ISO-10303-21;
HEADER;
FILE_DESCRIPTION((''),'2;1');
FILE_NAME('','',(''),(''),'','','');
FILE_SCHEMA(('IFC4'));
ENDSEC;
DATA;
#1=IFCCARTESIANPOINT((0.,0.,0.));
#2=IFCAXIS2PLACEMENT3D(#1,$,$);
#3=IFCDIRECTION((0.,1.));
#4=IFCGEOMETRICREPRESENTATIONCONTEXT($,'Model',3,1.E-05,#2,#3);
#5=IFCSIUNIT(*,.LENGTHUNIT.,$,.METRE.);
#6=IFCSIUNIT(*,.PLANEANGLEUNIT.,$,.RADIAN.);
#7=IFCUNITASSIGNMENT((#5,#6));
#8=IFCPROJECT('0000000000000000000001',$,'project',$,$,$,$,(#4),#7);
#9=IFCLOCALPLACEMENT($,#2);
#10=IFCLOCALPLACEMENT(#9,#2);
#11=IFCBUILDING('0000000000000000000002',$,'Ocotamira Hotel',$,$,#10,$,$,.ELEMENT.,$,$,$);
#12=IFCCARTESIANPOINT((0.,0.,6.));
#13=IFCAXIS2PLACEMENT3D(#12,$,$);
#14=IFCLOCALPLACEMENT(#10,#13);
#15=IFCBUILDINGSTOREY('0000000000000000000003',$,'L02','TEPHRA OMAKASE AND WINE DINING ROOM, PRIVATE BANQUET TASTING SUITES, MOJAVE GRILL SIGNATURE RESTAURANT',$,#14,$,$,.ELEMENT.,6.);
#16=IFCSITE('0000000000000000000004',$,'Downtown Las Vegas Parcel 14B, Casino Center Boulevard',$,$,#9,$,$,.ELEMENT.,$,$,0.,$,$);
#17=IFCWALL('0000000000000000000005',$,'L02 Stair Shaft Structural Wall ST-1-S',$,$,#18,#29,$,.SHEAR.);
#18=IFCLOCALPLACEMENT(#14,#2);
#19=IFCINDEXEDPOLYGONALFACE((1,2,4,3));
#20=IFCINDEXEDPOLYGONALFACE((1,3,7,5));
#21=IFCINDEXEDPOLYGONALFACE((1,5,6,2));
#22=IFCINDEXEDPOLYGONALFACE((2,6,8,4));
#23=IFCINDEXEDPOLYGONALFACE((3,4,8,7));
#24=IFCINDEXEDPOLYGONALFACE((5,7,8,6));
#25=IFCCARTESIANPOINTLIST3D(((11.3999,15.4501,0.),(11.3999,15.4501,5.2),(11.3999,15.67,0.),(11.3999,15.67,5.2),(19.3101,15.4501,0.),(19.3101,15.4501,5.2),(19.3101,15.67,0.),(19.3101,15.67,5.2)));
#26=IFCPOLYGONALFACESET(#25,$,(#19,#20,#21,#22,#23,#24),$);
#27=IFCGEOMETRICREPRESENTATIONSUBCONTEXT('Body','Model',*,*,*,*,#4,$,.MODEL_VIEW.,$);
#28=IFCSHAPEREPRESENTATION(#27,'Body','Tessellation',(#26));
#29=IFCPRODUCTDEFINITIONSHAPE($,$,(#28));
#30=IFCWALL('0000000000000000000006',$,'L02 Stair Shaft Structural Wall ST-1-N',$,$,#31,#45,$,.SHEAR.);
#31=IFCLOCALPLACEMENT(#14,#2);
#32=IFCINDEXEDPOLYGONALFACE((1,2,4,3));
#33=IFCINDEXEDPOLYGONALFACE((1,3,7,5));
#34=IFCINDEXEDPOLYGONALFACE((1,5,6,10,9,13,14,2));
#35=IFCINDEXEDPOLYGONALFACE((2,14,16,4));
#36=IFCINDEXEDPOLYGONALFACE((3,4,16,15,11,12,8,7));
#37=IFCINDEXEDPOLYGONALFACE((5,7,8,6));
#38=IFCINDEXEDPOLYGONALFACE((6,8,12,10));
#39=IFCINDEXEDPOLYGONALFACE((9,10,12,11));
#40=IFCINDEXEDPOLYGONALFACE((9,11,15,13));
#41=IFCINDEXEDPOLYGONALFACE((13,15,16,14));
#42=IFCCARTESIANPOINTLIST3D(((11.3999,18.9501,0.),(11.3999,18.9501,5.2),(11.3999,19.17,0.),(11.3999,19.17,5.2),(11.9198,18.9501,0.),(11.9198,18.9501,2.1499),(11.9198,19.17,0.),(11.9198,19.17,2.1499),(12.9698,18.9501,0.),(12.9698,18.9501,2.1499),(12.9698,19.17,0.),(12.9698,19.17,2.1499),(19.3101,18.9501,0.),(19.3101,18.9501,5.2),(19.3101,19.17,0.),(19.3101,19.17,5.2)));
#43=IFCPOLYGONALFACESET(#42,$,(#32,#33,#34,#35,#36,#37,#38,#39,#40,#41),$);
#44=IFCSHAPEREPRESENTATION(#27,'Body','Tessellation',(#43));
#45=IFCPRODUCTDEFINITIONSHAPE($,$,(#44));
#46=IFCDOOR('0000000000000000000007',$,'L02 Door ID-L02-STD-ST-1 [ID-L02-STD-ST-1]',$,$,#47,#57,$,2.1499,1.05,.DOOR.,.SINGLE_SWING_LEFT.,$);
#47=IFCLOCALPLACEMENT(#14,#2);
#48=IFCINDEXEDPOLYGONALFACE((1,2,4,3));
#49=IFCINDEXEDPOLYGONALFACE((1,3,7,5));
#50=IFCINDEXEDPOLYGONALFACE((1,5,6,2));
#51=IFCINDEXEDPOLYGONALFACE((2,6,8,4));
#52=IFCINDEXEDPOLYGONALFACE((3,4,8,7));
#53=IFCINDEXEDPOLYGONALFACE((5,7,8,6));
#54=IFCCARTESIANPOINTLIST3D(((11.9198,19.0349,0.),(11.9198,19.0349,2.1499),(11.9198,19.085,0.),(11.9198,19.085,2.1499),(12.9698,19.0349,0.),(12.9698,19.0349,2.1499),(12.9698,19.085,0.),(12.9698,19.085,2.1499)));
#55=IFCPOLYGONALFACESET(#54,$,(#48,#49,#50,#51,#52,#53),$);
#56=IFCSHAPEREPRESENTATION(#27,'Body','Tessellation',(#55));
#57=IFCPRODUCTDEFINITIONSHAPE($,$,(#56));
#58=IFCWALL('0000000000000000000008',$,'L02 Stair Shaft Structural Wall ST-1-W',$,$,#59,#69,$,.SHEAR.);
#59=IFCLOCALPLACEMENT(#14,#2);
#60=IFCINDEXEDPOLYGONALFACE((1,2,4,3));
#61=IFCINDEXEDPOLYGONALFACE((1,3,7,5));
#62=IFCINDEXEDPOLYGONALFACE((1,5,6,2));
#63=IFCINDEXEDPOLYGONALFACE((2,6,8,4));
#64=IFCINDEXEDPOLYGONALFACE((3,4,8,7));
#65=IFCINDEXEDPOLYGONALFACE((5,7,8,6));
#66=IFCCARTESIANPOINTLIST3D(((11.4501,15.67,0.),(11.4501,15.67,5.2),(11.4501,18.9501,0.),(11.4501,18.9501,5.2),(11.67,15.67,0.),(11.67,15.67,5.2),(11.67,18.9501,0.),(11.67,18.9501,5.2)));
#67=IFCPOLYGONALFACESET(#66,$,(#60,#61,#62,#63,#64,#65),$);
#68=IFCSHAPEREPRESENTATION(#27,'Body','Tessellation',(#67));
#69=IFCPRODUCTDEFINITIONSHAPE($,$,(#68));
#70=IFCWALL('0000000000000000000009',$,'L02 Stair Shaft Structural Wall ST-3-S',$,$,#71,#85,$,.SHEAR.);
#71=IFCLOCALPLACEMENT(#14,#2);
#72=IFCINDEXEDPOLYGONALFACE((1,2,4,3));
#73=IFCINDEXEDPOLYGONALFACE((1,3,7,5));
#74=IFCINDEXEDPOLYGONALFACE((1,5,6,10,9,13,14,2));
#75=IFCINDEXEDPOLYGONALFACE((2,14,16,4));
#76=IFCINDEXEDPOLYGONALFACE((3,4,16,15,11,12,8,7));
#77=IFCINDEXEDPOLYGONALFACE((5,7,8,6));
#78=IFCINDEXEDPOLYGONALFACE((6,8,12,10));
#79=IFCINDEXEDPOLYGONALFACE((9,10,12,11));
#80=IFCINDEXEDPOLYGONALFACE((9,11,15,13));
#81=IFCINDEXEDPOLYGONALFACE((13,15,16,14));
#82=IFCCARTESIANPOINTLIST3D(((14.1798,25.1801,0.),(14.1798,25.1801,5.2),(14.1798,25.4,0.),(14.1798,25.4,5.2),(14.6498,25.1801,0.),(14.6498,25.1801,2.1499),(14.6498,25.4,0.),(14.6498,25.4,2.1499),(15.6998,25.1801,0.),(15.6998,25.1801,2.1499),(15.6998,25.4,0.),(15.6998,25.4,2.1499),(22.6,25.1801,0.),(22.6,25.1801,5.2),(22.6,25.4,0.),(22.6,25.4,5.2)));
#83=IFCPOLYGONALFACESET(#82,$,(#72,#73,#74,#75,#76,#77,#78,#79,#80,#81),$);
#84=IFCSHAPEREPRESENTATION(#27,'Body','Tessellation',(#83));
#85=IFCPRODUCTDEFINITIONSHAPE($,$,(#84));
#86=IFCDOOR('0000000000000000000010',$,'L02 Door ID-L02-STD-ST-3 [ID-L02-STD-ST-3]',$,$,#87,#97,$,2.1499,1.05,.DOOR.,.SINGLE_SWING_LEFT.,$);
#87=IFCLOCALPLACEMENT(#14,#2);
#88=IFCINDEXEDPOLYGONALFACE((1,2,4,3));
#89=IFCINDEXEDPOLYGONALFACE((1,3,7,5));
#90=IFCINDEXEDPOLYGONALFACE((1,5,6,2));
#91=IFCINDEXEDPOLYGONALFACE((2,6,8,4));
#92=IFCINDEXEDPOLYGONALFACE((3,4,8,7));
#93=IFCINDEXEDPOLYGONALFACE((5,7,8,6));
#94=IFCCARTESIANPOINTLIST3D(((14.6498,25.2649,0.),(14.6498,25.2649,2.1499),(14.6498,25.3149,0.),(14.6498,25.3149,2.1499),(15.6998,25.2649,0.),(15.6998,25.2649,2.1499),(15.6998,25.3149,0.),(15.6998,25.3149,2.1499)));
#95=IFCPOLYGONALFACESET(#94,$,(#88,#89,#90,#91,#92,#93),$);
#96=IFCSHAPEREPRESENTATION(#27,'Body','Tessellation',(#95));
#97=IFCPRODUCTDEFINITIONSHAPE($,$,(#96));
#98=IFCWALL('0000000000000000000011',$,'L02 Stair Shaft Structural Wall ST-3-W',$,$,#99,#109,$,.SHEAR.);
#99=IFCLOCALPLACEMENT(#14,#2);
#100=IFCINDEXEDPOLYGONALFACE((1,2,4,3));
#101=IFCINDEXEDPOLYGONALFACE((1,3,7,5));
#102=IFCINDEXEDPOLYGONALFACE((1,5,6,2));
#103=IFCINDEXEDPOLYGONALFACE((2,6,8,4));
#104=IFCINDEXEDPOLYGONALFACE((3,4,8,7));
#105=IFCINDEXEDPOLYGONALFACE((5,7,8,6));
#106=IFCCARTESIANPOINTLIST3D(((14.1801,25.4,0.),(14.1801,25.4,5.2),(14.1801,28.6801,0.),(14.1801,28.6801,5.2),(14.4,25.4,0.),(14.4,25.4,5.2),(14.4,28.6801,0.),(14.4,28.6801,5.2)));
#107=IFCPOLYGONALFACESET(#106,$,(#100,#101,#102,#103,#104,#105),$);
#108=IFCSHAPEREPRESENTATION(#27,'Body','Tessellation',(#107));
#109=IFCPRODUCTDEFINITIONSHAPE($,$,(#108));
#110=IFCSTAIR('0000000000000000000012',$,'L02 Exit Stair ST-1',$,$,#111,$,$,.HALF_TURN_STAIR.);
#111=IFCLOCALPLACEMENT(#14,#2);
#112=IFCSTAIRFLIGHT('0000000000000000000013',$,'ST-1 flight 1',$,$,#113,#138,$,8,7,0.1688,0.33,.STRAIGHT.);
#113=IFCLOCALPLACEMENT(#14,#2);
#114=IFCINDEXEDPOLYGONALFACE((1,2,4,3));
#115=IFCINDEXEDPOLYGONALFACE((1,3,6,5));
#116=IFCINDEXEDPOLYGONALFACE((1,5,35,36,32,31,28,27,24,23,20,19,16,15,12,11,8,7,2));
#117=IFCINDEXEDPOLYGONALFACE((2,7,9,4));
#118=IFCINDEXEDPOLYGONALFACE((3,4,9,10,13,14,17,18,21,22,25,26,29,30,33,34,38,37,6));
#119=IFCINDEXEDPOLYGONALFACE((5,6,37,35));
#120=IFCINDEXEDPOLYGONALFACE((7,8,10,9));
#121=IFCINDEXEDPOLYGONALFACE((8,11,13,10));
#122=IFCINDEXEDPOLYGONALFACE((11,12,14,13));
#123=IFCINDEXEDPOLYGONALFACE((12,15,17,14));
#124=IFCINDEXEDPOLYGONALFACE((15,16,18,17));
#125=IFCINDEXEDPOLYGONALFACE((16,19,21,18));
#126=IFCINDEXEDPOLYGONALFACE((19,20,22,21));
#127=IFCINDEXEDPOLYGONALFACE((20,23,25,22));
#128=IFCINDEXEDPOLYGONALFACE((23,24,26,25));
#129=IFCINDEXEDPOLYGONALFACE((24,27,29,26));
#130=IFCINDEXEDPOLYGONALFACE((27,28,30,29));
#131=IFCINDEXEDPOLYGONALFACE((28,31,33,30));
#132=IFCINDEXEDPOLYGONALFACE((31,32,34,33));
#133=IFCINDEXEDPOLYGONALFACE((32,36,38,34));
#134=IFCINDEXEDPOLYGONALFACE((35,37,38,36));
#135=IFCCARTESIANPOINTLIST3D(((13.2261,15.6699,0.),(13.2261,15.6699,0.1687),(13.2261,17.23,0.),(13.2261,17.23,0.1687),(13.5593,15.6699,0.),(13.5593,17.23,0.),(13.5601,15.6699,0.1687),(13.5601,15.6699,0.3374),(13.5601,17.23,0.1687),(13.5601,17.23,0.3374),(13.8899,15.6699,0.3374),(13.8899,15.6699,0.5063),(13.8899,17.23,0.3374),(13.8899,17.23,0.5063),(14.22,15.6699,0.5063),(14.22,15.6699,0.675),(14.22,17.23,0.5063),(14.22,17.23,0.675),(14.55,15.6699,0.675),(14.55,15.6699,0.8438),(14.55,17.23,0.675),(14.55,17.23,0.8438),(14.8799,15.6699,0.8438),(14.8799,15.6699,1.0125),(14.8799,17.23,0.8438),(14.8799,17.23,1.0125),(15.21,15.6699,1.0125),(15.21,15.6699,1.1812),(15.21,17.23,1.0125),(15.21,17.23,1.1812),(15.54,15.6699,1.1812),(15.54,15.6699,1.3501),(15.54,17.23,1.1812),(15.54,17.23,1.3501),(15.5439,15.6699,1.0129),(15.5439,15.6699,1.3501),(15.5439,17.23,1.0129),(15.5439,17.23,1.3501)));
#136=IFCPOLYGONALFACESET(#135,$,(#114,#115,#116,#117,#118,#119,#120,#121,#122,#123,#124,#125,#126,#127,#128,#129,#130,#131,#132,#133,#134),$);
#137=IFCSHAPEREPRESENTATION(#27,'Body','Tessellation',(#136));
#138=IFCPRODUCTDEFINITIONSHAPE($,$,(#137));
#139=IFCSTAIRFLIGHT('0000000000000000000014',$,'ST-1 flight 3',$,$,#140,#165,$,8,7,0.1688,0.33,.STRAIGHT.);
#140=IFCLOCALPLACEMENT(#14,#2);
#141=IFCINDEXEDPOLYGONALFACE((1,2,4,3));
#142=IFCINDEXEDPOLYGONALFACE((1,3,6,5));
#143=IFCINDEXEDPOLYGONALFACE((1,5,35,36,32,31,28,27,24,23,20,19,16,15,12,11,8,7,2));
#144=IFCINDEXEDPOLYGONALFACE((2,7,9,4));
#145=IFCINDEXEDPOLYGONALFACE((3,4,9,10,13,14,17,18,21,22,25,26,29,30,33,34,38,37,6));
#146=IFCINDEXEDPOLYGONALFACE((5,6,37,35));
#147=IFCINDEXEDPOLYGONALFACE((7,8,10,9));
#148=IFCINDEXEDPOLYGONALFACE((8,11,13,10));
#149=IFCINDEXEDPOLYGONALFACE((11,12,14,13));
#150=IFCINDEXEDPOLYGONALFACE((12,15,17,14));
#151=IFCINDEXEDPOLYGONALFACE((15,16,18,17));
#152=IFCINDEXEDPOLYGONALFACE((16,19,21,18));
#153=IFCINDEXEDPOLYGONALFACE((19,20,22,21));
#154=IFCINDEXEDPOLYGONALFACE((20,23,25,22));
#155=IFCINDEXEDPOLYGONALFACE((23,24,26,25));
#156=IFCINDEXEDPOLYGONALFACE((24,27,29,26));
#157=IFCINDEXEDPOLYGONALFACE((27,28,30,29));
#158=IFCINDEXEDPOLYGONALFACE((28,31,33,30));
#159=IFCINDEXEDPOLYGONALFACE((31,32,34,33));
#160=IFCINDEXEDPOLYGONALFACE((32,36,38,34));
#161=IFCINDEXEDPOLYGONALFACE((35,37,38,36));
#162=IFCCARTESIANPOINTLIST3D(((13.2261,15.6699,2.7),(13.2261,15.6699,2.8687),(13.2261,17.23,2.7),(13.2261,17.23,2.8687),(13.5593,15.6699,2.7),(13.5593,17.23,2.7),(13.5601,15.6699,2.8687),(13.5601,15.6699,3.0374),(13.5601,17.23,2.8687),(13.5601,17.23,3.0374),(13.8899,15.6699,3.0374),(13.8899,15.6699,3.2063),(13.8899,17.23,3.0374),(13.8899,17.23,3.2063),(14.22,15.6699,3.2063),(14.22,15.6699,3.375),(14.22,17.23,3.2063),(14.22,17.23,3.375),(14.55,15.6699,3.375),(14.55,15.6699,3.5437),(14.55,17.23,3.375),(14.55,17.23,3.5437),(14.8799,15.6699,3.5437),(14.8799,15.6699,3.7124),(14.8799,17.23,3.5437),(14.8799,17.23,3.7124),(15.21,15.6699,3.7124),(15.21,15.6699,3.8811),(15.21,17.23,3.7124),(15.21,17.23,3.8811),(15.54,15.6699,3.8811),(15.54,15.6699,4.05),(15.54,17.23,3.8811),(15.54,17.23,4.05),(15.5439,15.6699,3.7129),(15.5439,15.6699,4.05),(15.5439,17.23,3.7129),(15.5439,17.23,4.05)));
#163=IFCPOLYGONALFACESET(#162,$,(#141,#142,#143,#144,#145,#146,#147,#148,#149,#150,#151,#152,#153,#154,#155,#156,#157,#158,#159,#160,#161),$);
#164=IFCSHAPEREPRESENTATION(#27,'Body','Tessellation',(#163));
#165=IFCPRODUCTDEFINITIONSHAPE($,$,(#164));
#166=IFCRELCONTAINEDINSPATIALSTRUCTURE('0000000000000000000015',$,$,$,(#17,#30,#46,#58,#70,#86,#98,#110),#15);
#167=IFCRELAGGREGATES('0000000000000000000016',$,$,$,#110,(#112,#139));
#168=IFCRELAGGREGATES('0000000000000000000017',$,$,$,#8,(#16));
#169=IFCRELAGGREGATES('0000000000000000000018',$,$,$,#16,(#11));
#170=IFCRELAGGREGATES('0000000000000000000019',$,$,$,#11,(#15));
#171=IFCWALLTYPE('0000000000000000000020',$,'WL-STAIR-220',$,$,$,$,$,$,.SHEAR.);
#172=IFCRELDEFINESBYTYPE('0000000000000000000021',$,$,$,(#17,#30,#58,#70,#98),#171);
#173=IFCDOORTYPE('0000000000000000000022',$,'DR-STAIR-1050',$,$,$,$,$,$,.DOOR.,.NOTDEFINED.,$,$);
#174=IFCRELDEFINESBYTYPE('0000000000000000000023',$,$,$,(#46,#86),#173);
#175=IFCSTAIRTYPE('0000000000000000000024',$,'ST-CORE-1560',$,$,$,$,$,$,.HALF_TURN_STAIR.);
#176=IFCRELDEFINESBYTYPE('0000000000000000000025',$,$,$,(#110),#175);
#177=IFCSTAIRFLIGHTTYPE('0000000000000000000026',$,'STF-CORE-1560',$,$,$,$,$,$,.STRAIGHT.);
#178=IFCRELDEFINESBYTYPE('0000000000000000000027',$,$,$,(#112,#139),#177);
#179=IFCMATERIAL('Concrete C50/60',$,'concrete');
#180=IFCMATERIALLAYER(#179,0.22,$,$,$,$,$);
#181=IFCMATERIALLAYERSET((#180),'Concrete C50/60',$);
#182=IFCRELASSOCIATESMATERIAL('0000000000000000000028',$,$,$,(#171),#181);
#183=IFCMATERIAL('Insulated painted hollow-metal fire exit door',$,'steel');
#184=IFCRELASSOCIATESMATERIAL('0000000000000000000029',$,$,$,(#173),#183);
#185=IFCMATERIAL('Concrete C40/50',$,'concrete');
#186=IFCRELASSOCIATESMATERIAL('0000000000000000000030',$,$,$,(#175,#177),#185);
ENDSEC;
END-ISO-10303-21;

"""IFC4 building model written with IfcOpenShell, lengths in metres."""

from ifc_helpers import new_model, si_unit, direction, frame, frame_2d, origin, place, context, subcontext, project, spatial, polyline, rectangle, outline, extrude, source, transform, mapped, material, layer, layer_set, type_object, element, fill, aggregate, save


model = new_model("IFC4")

# Units and contexts
model_context = context("Model", 3, precision=1e-05, world=origin(), true_north=direction((0.0, 1.0)))
body_context = subcontext(model_context, "Body", "Model", "MODEL_VIEW")
ifc_project = project(units=[si_unit("LENGTHUNIT", "METRE"), si_unit("PLANEANGLEUNIT", "RADIAN")], contexts=[model_context])

# Site, building, storey
site_placement = place(None, origin())
site = spatial("IfcSite", under=ifc_project, at=site_placement, Name="Downtown Las Vegas Parcel 14B, Casino Center Boulevard", CompositionType="ELEMENT", RefElevation=0.0)
building_placement = place(site_placement, origin())
building = spatial("IfcBuilding", under=site, at=building_placement, Name="Ocotamira Hotel", CompositionType="ELEMENT")
storey_placement = place(building_placement, frame((0.0, 0.0, 6.0)))
storey = spatial("IfcBuildingStorey", under=building, at=storey_placement, Name="L02", Description="TEPHRA OMAKASE AND WINE DINING ROOM, PRIVATE BANQUET TASTING SUITES, MOJAVE GRILL SIGNATURE RESTAURANT", CompositionType="ELEMENT", Elevation=6.0)

# Wall
ifc_material_1 = material(Name="Concrete C50/60", Category="concrete")
ifc_layer_1 = layer(ifc_material_1, 0.22)
ifc_layer_set_1 = layer_set([ifc_layer_1], Name="Concrete C50/60")
wall_type_1 = type_object("IfcWallType", Name="WL-STAIR-220", PredefinedType="SHEAR", material=ifc_layer_set_1)
wall_1_placement = place(storey_placement, frame((11.3999, 15.5601, 0.0), z_axis=(0.0, 0.0, 1.0), x_axis=(1.0, 0.0, 0.0)))
element("IfcWall", 1, at=wall_1_placement, inside=storey, type_object=wall_type_1, Name="L02 Stair Shaft Structural Wall ST-1-S", PredefinedType="SHEAR", context=body_context, shape_type="SweptSolid", body=[
    extrude(rectangle(XDim=7.9102, YDim=0.22, at=frame_2d((3.9551, 0.0))), origin(), (0.0, 0.0, 1.0), 5.2),
])

# Wall, opening, door
wall_2_placement = place(storey_placement, frame((11.3999, 19.0601, 0.0), z_axis=(0.0, 0.0, 1.0), x_axis=(1.0, 0.0, 0.0)))
wall_2 = element("IfcWall", 2, at=wall_2_placement, inside=storey, type_object=wall_type_1, Name="L02 Stair Shaft Structural Wall ST-1-N", PredefinedType="SHEAR", context=body_context, shape_type="SweptSolid", body=[
    extrude(rectangle(XDim=7.9102, YDim=0.22, at=frame_2d((3.9551, 0.0))), origin(), (0.0, 0.0, 1.0), 5.2),
])
opening_1_placement = place(wall_2_placement, frame((0.52, 0.0, 0.0)))
opening_1 = element("IfcOpeningElement", 3, at=opening_1_placement, cuts=wall_2, PredefinedType="OPENING", context=body_context, shape_type="SweptSolid", body=[
    extrude(rectangle(XDim=1.05, YDim=2.1499, at=frame_2d((0.5249, 1.075))), frame((0.0, 0.1201, 0.0), z_axis=(0.0, -1.0, 0.0), x_axis=(1.0, 0.0, 0.0)), (0.0, 0.0, 1.0), 0.24),
])
ifc_material_2 = material(Name="Insulated painted hollow-metal fire exit door", Category="steel")
door_type_1 = type_object("IfcDoorType", Name="DR-STAIR-1050", OperationType="NOTDEFINED", PredefinedType="DOOR", material=ifc_material_2)
shared_shape_1 = source(origin(), body_context, "Body", "SweptSolid", [
    extrude(rectangle(XDim=1.05, YDim=2.1499, at=frame_2d((0.5249, 1.075))), frame((0.0, 0.0249, 0.0), z_axis=(0.0, -1.0, 0.0), x_axis=(1.0, 0.0, 0.0)), (0.0, 0.0, 1.0), 0.05),
])
door_1_placement = place(opening_1_placement, origin())
door_1 = element("IfcDoor", 4, at=door_1_placement, inside=storey, type_object=door_type_1, Name="L02 Door ID-L02-STD-ST-1 [ID-L02-STD-ST-1]", OperationType="SINGLE_SWING_LEFT", OverallHeight=2.1499, OverallWidth=1.05, PredefinedType="DOOR", context=body_context, shape_type="MappedRepresentation", body=[
    mapped(shared_shape_1, transform((0.0, 0.0, 0.0), scale=1.0)),
])
fill(opening_1, door_1)

# Wall
wall_3_placement = place(storey_placement, frame((11.5601, 15.6699, 0.0), z_axis=(0.0, 0.0, 1.0), x_axis=(0.0, 1.0, 0.0)))
element("IfcWall", 5, at=wall_3_placement, inside=storey, type_object=wall_type_1, Name="L02 Stair Shaft Structural Wall ST-1-W", PredefinedType="SHEAR", context=body_context, shape_type="SweptSolid", body=[
    extrude(rectangle(XDim=3.28, YDim=0.22, at=frame_2d((1.6401, 0.0))), origin(), (0.0, 0.0, 1.0), 5.2),
])

# Wall, opening, door
wall_4_placement = place(storey_placement, frame((14.1799, 25.29, 0.0), z_axis=(0.0, 0.0, 1.0), x_axis=(1.0, 0.0, 0.0)))
wall_4 = element("IfcWall", 6, at=wall_4_placement, inside=storey, type_object=wall_type_1, Name="L02 Stair Shaft Structural Wall ST-3-S", PredefinedType="SHEAR", context=body_context, shape_type="SweptSolid", body=[
    extrude(rectangle(XDim=8.4202, YDim=0.22, at=frame_2d((4.21, 0.0))), origin(), (0.0, 0.0, 1.0), 5.2),
])
opening_2_placement = place(wall_4_placement, frame((0.47, 0.0, 0.0)))
opening_2 = element("IfcOpeningElement", 7, at=opening_2_placement, cuts=wall_4, PredefinedType="OPENING", context=body_context, shape_type="SweptSolid", body=[
    extrude(rectangle(XDim=1.05, YDim=2.1499, at=frame_2d((0.5249, 1.075))), frame((0.0, 0.1201, 0.0), z_axis=(0.0, -1.0, 0.0), x_axis=(1.0, 0.0, 0.0)), (0.0, 0.0, 1.0), 0.24),
])
door_2_placement = place(opening_2_placement, origin())
door_2 = element("IfcDoor", 8, at=door_2_placement, inside=storey, type_object=door_type_1, Name="L02 Door ID-L02-STD-ST-3 [ID-L02-STD-ST-3]", OperationType="SINGLE_SWING_LEFT", OverallHeight=2.1499, OverallWidth=1.05, PredefinedType="DOOR", context=body_context, shape_type="MappedRepresentation", body=[
    mapped(shared_shape_1, transform((0.0, 0.0, 0.0), scale=1.0)),
])
fill(opening_2, door_2)

# Wall
wall_5_placement = place(storey_placement, frame((14.29, 25.3999, 0.0), z_axis=(0.0, 0.0, 1.0), x_axis=(0.0, 1.0, 0.0)))
element("IfcWall", 9, at=wall_5_placement, inside=storey, type_object=wall_type_1, Name="L02 Stair Shaft Structural Wall ST-3-W", PredefinedType="SHEAR", context=body_context, shape_type="SweptSolid", body=[
    extrude(rectangle(XDim=3.28, YDim=0.22, at=frame_2d((1.6401, 0.0))), origin(), (0.0, 0.0, 1.0), 5.2),
])

# Stair, stair flights
ifc_material_3 = material(Name="Concrete C40/50", Category="concrete")
stair_type = type_object("IfcStairType", Name="ST-CORE-1560", PredefinedType="HALF_TURN_STAIR", material=ifc_material_3)
stair_placement = place(storey_placement, origin())
stair = element("IfcStair", 10, at=stair_placement, inside=storey, type_object=stair_type, Name="L02 Exit Stair ST-1", PredefinedType="HALF_TURN_STAIR")
stair_flight_type = type_object("IfcStairFlightType", Name="STF-CORE-1560", PredefinedType="STRAIGHT", material=ifc_material_3)
shared_shape_2 = source(origin(), body_context, "Body", "SweptSolid", [
    extrude(outline(polyline([(-0.0039, 0.0), (-0.0039, 0.1687), (0.3301, 0.1687), (0.3301, 0.3374), (0.6599, 0.3374), (0.6599, 0.5063), (0.99, 0.5063), (0.99, 0.675), (1.3201, 0.675), (1.3201, 0.8438), (1.6499, 0.8438), (1.6499, 1.0125), (1.98, 1.0125), (1.98, 1.1812), (2.3101, 1.1812), (2.3101, 1.3501), (2.314, 1.3501), (2.314, 1.0129), (0.3293, 0.0), (-0.0039, 0.0)])), frame((0.0, 0.78, 0.0), z_axis=(0.0, -1.0, 0.0), x_axis=(1.0, 0.0, 0.0)), (0.0, 0.0, 1.0), 1.5601),
])
stair_flight_1_placement = place(storey_placement, frame((13.23, 16.45, 0.0), z_axis=(0.0, 0.0, 1.0), x_axis=(1.0, 0.0, 0.0)))
stair_flight_1 = element("IfcStairFlight", 11, at=stair_flight_1_placement, type_object=stair_flight_type, Name="ST-1 flight 1", NumberOfRisers=8, NumberOfTreads=7, PredefinedType="STRAIGHT", RiserHeight=0.1688, TreadLength=0.33, context=body_context, shape_type="MappedRepresentation", body=[
    mapped(shared_shape_2, transform((0.0, 0.0, 0.0), scale=1.0)),
])
stair_flight_2_placement = place(storey_placement, frame((13.23, 16.45, 2.7), z_axis=(0.0, 0.0, 1.0), x_axis=(1.0, 0.0, 0.0)))
stair_flight_2 = element("IfcStairFlight", 12, at=stair_flight_2_placement, type_object=stair_flight_type, Name="ST-1 flight 3", NumberOfRisers=8, NumberOfTreads=7, PredefinedType="STRAIGHT", RiserHeight=0.1688, TreadLength=0.33, context=body_context, shape_type="MappedRepresentation", body=[
    mapped(shared_shape_2, transform((0.0, 0.0, 0.0), scale=1.0)),
])
aggregate(stair, [stair_flight_1, stair_flight_2])

save(model, "model.ifc")
